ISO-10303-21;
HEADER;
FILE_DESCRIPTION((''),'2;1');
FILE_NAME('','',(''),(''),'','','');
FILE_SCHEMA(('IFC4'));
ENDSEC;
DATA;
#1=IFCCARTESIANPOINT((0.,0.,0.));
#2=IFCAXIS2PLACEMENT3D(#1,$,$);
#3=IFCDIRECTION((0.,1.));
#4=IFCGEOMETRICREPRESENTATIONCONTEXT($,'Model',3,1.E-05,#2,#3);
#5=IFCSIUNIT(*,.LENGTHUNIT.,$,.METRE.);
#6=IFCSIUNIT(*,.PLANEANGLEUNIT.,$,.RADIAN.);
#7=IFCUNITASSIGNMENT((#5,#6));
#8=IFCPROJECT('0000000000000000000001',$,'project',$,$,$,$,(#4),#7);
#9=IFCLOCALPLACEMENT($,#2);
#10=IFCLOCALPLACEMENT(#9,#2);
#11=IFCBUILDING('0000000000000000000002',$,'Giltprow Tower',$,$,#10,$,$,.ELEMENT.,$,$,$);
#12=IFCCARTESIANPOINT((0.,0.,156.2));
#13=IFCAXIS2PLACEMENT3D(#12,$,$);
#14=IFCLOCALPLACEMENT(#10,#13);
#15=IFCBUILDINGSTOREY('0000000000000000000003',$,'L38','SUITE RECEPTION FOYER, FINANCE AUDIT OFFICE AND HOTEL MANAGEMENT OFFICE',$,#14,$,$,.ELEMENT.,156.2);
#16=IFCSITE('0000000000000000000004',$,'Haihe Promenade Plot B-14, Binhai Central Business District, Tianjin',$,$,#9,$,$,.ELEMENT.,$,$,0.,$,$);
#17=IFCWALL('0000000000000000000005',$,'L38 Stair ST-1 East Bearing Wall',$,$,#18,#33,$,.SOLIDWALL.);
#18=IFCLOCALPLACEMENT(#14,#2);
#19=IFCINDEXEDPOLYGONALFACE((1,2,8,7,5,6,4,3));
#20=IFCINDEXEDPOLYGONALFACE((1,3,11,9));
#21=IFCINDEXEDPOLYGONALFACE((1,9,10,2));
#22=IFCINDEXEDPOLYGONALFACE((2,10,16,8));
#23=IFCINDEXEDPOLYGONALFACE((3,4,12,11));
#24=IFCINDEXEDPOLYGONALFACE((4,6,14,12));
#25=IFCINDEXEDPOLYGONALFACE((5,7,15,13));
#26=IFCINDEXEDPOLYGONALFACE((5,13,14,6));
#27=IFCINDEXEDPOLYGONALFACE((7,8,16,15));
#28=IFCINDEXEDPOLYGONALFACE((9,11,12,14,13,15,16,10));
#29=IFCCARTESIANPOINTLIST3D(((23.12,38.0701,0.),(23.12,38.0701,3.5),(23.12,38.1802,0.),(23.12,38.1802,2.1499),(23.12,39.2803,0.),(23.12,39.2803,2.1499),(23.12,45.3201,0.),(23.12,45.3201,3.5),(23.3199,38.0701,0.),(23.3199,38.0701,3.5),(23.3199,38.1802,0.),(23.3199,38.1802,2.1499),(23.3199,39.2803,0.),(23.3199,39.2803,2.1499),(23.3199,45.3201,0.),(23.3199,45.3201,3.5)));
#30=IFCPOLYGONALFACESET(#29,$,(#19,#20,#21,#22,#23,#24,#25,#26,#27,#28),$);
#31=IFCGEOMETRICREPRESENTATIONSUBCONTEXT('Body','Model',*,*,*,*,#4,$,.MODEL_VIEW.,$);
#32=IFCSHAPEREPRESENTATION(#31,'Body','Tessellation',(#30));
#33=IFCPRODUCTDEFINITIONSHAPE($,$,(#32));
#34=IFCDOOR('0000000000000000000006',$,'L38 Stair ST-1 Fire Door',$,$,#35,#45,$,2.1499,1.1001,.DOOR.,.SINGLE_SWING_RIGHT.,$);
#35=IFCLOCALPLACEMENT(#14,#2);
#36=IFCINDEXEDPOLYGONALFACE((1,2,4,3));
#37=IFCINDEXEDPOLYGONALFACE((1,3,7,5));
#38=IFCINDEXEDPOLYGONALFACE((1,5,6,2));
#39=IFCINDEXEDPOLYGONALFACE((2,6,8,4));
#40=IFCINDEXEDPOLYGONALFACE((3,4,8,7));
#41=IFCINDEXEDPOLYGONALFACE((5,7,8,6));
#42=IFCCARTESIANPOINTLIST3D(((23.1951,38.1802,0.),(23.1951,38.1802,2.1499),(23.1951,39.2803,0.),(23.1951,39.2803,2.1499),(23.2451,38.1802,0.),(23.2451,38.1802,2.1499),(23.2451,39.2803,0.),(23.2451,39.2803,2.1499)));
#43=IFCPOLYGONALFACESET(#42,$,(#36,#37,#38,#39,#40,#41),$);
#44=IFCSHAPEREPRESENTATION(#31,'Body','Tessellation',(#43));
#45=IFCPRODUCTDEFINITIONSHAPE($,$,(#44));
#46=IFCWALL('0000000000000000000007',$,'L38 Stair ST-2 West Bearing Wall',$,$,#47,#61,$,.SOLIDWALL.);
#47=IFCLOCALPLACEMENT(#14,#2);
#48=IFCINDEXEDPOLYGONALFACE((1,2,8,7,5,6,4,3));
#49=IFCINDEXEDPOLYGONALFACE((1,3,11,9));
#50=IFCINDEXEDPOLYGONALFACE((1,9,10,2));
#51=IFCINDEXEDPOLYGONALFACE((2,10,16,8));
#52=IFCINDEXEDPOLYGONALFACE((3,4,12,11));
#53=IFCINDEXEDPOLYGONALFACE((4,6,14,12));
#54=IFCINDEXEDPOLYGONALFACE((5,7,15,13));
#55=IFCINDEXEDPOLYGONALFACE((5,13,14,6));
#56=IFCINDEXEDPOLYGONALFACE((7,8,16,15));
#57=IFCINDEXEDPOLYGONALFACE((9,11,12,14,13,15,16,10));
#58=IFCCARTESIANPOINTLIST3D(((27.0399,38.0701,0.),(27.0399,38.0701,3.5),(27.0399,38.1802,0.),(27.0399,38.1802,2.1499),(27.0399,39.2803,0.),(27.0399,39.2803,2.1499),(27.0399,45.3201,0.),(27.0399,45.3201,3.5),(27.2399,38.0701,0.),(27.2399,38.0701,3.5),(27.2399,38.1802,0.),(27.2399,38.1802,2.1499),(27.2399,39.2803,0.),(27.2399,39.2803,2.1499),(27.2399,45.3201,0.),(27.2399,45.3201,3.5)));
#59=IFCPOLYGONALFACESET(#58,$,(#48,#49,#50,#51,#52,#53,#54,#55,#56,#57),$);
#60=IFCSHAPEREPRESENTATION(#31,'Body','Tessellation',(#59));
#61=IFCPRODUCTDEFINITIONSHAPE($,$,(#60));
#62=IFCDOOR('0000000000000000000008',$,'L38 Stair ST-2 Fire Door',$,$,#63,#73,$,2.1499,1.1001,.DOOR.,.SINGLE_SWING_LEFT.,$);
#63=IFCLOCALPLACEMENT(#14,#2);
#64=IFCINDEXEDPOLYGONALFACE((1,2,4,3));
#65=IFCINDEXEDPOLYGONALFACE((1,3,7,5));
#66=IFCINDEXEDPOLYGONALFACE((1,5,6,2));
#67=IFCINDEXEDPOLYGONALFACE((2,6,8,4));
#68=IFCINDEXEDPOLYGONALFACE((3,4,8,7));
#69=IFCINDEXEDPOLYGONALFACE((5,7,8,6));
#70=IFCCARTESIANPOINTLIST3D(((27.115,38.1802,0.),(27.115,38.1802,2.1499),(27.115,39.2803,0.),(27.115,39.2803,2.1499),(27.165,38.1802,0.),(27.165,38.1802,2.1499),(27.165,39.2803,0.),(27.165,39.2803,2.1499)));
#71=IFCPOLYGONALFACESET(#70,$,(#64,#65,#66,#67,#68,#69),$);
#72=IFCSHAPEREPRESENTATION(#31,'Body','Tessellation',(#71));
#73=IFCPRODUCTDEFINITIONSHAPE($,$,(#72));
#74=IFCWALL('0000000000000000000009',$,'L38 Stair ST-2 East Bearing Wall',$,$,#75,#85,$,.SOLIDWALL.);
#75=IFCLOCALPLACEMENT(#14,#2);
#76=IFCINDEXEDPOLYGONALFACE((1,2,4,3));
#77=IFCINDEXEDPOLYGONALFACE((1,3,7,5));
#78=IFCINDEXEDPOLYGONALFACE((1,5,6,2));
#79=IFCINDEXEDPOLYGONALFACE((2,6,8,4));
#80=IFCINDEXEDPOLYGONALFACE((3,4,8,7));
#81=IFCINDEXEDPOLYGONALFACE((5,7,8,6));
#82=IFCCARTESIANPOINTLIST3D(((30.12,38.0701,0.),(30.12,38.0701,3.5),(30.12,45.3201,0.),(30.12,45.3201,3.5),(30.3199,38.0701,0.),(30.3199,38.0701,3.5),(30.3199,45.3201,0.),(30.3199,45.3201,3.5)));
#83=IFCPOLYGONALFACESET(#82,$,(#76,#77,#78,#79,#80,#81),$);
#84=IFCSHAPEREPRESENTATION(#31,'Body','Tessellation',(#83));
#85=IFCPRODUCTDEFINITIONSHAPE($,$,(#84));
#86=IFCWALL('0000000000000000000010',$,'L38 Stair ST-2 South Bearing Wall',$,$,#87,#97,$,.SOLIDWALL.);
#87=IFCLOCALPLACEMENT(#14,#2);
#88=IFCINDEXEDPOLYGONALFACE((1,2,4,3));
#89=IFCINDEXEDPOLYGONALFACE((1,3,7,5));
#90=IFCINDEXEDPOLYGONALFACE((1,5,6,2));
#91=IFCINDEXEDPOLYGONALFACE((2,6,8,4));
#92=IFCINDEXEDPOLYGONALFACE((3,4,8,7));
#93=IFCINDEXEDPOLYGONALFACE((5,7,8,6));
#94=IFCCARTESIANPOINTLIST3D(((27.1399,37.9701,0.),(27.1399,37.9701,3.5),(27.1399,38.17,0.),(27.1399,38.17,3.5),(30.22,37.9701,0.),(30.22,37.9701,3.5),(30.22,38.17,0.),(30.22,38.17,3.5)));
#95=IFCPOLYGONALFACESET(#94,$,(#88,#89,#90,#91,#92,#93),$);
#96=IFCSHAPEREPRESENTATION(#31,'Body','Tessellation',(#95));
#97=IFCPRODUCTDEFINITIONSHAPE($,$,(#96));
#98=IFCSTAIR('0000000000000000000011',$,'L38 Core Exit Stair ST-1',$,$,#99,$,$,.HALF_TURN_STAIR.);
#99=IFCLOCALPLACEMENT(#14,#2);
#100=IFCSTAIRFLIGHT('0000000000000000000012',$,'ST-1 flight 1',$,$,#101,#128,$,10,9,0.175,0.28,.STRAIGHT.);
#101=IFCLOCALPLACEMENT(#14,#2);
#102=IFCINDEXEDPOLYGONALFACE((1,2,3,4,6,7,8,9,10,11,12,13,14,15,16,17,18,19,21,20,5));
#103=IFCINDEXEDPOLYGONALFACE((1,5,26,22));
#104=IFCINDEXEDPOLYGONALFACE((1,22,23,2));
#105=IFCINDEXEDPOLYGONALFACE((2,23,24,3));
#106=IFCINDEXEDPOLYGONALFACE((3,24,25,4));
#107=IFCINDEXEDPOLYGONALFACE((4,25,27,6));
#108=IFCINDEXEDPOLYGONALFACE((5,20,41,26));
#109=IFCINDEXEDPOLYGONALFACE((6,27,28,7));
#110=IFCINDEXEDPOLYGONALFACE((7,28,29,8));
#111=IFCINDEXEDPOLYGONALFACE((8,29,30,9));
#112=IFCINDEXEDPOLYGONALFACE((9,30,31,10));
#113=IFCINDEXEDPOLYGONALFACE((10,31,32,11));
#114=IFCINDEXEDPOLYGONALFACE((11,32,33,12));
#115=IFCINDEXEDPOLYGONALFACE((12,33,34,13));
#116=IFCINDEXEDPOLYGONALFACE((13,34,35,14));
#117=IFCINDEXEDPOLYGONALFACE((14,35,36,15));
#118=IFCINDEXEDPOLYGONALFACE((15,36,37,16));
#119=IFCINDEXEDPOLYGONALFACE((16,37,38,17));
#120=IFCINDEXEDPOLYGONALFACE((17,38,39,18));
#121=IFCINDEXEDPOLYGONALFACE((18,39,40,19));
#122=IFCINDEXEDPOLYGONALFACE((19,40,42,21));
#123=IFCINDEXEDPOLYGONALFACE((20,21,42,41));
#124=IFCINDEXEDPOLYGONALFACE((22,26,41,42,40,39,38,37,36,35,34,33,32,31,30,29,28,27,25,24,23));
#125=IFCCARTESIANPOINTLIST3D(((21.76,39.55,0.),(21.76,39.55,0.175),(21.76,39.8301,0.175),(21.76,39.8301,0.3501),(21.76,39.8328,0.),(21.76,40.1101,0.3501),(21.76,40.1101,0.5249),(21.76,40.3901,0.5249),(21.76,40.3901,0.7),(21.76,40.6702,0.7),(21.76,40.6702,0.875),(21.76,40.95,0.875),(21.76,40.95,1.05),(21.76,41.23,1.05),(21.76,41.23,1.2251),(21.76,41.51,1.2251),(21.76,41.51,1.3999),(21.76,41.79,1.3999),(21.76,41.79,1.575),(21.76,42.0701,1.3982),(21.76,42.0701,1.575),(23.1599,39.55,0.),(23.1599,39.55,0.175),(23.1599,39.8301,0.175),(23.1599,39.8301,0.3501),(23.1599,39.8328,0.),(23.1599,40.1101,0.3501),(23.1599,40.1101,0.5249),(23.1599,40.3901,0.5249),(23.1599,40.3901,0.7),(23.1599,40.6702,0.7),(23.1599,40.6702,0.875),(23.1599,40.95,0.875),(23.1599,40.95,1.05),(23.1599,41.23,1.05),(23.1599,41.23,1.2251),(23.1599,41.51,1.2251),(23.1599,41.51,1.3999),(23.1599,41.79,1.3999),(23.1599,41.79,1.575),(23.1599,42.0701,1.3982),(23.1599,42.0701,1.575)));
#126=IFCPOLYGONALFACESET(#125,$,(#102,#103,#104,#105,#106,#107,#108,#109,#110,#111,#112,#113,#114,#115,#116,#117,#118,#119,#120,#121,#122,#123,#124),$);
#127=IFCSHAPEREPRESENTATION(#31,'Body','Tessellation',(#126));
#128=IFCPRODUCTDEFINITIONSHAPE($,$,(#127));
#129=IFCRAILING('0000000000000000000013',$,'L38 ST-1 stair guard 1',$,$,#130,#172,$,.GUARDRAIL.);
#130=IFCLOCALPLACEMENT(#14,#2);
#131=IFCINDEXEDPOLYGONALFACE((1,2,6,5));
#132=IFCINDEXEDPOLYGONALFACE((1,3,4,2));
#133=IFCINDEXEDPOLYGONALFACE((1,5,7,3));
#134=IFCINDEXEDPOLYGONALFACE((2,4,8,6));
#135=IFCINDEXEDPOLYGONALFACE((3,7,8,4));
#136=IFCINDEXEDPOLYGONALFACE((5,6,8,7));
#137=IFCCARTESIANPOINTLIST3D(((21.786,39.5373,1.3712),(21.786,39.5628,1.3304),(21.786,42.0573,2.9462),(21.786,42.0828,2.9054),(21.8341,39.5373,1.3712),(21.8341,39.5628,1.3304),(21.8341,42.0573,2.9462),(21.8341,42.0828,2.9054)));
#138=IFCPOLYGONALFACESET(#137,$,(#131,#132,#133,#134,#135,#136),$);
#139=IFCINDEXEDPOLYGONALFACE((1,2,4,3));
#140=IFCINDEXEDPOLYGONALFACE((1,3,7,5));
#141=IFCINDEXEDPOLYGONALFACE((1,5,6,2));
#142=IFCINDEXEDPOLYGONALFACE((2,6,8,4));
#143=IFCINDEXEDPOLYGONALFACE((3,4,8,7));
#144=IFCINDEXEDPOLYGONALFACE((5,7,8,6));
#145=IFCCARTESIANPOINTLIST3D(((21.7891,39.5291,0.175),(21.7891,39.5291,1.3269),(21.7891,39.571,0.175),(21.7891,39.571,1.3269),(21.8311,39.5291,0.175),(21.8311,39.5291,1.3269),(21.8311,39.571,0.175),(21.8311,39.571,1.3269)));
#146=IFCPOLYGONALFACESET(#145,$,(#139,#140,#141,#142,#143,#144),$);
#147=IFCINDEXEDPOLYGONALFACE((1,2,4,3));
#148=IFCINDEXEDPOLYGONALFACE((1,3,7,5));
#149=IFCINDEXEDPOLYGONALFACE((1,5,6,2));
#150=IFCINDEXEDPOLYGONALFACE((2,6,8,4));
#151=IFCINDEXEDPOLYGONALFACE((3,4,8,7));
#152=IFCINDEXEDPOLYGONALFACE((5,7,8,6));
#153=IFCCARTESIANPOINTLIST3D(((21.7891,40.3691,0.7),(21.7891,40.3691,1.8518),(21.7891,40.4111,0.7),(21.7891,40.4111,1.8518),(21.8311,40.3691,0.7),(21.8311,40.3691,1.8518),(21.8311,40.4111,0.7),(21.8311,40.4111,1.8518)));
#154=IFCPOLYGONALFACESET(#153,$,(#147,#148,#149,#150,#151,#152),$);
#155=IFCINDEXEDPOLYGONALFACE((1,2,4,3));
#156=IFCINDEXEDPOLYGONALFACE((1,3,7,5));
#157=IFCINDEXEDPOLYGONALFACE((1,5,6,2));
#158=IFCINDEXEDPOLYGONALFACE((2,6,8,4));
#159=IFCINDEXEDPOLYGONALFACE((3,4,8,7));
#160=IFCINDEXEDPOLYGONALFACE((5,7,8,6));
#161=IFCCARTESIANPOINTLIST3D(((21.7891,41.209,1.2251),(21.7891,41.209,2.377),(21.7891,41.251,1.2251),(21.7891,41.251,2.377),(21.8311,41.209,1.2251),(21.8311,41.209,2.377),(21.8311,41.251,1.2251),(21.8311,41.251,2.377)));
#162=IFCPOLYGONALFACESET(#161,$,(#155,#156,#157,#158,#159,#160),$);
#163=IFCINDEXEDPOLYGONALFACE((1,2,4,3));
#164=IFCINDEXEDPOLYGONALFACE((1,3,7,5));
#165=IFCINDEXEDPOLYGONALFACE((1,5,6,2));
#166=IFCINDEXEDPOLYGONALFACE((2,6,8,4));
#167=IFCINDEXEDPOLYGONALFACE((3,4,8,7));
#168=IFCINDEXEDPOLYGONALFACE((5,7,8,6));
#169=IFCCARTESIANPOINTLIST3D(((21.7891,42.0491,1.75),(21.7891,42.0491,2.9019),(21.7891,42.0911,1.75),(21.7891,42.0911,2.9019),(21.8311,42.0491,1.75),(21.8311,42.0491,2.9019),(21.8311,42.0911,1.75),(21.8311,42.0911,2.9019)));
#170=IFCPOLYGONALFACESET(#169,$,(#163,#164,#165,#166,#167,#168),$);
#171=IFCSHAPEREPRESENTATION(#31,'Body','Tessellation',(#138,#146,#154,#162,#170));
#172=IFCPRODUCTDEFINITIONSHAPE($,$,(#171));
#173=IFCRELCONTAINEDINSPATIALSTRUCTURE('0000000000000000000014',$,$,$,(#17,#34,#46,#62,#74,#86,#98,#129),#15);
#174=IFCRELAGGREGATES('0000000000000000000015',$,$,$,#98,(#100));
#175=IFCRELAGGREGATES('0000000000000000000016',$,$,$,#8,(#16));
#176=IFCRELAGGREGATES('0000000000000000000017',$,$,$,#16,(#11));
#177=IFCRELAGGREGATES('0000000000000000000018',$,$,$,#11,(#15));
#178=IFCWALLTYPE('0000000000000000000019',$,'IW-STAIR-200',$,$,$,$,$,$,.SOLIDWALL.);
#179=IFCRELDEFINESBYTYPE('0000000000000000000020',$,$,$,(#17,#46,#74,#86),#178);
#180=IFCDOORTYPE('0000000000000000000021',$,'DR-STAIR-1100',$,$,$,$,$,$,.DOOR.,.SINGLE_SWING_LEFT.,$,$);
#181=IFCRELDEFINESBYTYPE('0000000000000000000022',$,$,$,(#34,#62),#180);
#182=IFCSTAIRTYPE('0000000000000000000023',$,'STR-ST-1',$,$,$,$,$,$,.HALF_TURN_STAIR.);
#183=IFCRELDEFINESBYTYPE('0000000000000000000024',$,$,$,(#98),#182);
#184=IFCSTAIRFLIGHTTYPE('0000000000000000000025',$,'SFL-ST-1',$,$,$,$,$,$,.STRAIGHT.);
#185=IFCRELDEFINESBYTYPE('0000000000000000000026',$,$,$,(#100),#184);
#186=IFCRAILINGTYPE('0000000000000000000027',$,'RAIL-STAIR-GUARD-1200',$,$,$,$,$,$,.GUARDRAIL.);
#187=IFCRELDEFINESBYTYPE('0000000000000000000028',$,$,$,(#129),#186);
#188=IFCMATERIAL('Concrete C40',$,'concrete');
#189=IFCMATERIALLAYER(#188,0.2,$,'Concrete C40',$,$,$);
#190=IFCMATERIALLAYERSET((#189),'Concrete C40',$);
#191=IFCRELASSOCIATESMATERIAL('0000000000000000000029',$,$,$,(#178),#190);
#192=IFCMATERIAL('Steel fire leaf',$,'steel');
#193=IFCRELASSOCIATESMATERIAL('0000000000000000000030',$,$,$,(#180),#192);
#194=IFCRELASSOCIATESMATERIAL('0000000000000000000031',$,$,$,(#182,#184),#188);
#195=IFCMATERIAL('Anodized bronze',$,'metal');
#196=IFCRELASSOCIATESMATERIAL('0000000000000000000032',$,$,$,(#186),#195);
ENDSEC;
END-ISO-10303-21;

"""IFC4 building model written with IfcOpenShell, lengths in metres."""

from ifc_helpers import new_model, si_unit, direction, frame, frame_2d, origin, origin_2d, place, context, subcontext, project, spatial, polyline, rectangle, outline, extrude, source, transform, mapped, material, layer, layer_set, type_object, element, fill, aggregate, save


model = new_model("IFC4")

# Units and contexts
model_context = context("Model", 3, precision=1e-05, world=origin(), true_north=direction((0.0, 1.0)))
body_context = subcontext(model_context, "Body", "Model", "MODEL_VIEW")
ifc_project = project(units=[si_unit("LENGTHUNIT", "METRE"), si_unit("PLANEANGLEUNIT", "RADIAN")], contexts=[model_context])

# Site, building, storey
site_placement = place(None, origin())
site = spatial("IfcSite", under=ifc_project, at=site_placement, Name="Haihe Promenade Plot B-14, Binhai Central Business District, Tianjin", CompositionType="ELEMENT", RefElevation=0.0)
building_placement = place(site_placement, origin())
building = spatial("IfcBuilding", under=site, at=building_placement, Name="Giltprow Tower", CompositionType="ELEMENT")
storey_placement = place(building_placement, frame((0.0, 0.0, 156.2)))
storey = spatial("IfcBuildingStorey", under=building, at=storey_placement, Name="L38", Description="SUITE RECEPTION FOYER, FINANCE AUDIT OFFICE AND HOTEL MANAGEMENT OFFICE", CompositionType="ELEMENT", Elevation=156.2)

# Walls, openings, doors
ifc_material_1 = material(Name="Concrete C40", Category="concrete")
ifc_layer_1 = layer(ifc_material_1, 0.2, Name="Concrete C40")
ifc_layer_set_1 = layer_set([ifc_layer_1], Name="Concrete C40")
wall_type_1 = type_object("IfcWallType", Name="IW-STAIR-200", PredefinedType="SOLIDWALL", material=ifc_layer_set_1)
wall_1_placement = place(storey_placement, frame((23.22, 38.0701, 0.0), z_axis=(0.0, 0.0, 1.0), x_axis=(0.0, 1.0, 0.0)))
wall_1 = element("IfcWall", 1, at=wall_1_placement, inside=storey, type_object=wall_type_1, Name="L38 Stair ST-1 East Bearing Wall", PredefinedType="SOLIDWALL", context=body_context, shape_type="SweptSolid", body=[
    extrude(rectangle(XDim=7.25, YDim=0.2, at=frame_2d((3.625, 0.0))), origin(), (0.0, 0.0, 1.0), 3.5),
])
opening_1_placement = place(wall_1_placement, frame((0.1101, 0.0, 0.0)))
opening_1 = element("IfcOpeningElement", 2, at=opening_1_placement, cuts=wall_1, PredefinedType="OPENING", context=body_context, shape_type="SweptSolid", body=[
    extrude(rectangle(XDim=1.1001, YDim=2.1499, at=frame_2d((0.55, 1.075))), frame((0.0, 0.1099, 0.0), z_axis=(0.0, -1.0, 0.0), x_axis=(1.0, 0.0, 0.0)), (0.0, 0.0, 1.0), 0.22),
])
ifc_material_2 = material(Name="Steel fire leaf", Category="steel")
door_type_1 = type_object("IfcDoorType", Name="DR-STAIR-1100", OperationType="SINGLE_SWING_LEFT", PredefinedType="DOOR", material=ifc_material_2)
shared_shape_1 = source(origin(), body_context, "Body", "SweptSolid", [
    extrude(rectangle(XDim=1.1001, YDim=2.1499, at=frame_2d((0.55, 1.075))), frame((0.0, 0.0249, 0.0), z_axis=(0.0, -1.0, 0.0), x_axis=(1.0, 0.0, 0.0)), (0.0, 0.0, 1.0), 0.05),
])
door_1_placement = place(opening_1_placement, origin())
door_1 = element("IfcDoor", 3, at=door_1_placement, inside=storey, type_object=door_type_1, Name="L38 Stair ST-1 Fire Door", OperationType="SINGLE_SWING_RIGHT", OverallHeight=2.1499, OverallWidth=1.1001, PredefinedType="DOOR", context=body_context, shape_type="MappedRepresentation", body=[
    mapped(shared_shape_1, transform((0.0, 0.0, 0.0), x_axis=(1.0, 0.0, 0.0), y_axis=(0.0, 1.0, 0.0), z_axis=(0.0, 0.0, 1.0), scale=1.0)),
])
fill(opening_1, door_1)
wall_2_placement = place(storey_placement, frame((27.1399, 38.0701, 0.0), z_axis=(0.0, 0.0, 1.0), x_axis=(0.0, 1.0, 0.0)))
wall_2 = element("IfcWall", 4, at=wall_2_placement, inside=storey, type_object=wall_type_1, Name="L38 Stair ST-2 West Bearing Wall", PredefinedType="SOLIDWALL", context=body_context, shape_type="SweptSolid", body=[
    extrude(rectangle(XDim=7.25, YDim=0.2, at=frame_2d((3.625, 0.0))), origin(), (0.0, 0.0, 1.0), 3.5),
])
opening_2_placement = place(wall_2_placement, frame((0.1101, 0.0, 0.0)))
opening_2 = element("IfcOpeningElement", 5, at=opening_2_placement, cuts=wall_2, PredefinedType="OPENING", context=body_context, shape_type="SweptSolid", body=[
    extrude(rectangle(XDim=1.1001, YDim=2.1499, at=frame_2d((0.55, 1.075))), frame((0.0, 0.1099, 0.0), z_axis=(0.0, -1.0, 0.0), x_axis=(1.0, 0.0, 0.0)), (0.0, 0.0, 1.0), 0.22),
])
door_2_placement = place(opening_2_placement, origin())
door_2 = element("IfcDoor", 6, at=door_2_placement, inside=storey, type_object=door_type_1, Name="L38 Stair ST-2 Fire Door", OperationType="SINGLE_SWING_LEFT", OverallHeight=2.1499, OverallWidth=1.1001, PredefinedType="DOOR", context=body_context, shape_type="MappedRepresentation", body=[
    mapped(shared_shape_1, transform((0.0, 0.0, 0.0), x_axis=(1.0, 0.0, 0.0), y_axis=(0.0, 1.0, 0.0), z_axis=(0.0, 0.0, 1.0), scale=1.0)),
])
fill(opening_2, door_2)

# Walls
wall_3_placement = place(storey_placement, frame((30.22, 38.0701, 0.0), z_axis=(0.0, 0.0, 1.0), x_axis=(0.0, 1.0, 0.0)))
element("IfcWall", 7, at=wall_3_placement, inside=storey, type_object=wall_type_1, Name="L38 Stair ST-2 East Bearing Wall", PredefinedType="SOLIDWALL", context=body_context, shape_type="SweptSolid", body=[
    extrude(rectangle(XDim=7.25, YDim=0.2, at=frame_2d((3.625, 0.0))), origin(), (0.0, 0.0, 1.0), 3.5),
])
wall_4_placement = place(storey_placement, frame((27.1399, 38.0701, 0.0), z_axis=(0.0, 0.0, 1.0), x_axis=(1.0, 0.0, 0.0)))
element("IfcWall", 8, at=wall_4_placement, inside=storey, type_object=wall_type_1, Name="L38 Stair ST-2 South Bearing Wall", PredefinedType="SOLIDWALL", context=body_context, shape_type="SweptSolid", body=[
    extrude(rectangle(XDim=3.0801, YDim=0.2, at=frame_2d((1.54, 0.0))), origin(), (0.0, 0.0, 1.0), 3.5),
])

# Stair, stair flight
stair_type = type_object("IfcStairType", Name="STR-ST-1", PredefinedType="HALF_TURN_STAIR", material=ifc_material_1)
stair_placement = place(storey_placement, origin())
stair = element("IfcStair", 9, at=stair_placement, inside=storey, type_object=stair_type, Name="L38 Core Exit Stair ST-1", PredefinedType="HALF_TURN_STAIR")
stair_flight_type = type_object("IfcStairFlightType", Name="SFL-ST-1", PredefinedType="STRAIGHT", material=ifc_material_1)
stair_flight_placement = place(storey_placement, frame((22.46, 39.55, 0.0), z_axis=(0.0, 0.0, 1.0), x_axis=(0.0, 1.0, 0.0)))
stair_flight = element("IfcStairFlight", 10, at=stair_flight_placement, type_object=stair_flight_type, Name="ST-1 flight 1", NumberOfRisers=10, NumberOfTreads=9, PredefinedType="STRAIGHT", RiserHeight=0.175, TreadLength=0.28, context=body_context, shape_type="SweptSolid", body=[
    extrude(outline(polyline([(0.0, 0.0), (0.0, 0.175), (0.28, 0.175), (0.28, 0.3501), (0.5601, 0.3501), (0.5601, 0.5249), (0.8401, 0.5249), (0.8401, 0.7), (1.1201, 0.7), (1.1201, 0.875), (1.3999, 0.875), (1.3999, 1.05), (1.6799, 1.05), (1.6799, 1.2251), (1.96, 1.2251), (1.96, 1.3999), (2.24, 1.3999), (2.24, 1.575), (2.52, 1.575), (2.52, 1.75), (2.52, 1.3982), (0.2827, 0.0), (0.0, 0.0)])), frame((0.0, 0.7, 0.0), z_axis=(0.0, -1.0, 0.0), x_axis=(1.0, 0.0, 0.0)), (0.0, 0.0, 1.0), 1.3999),
])
aggregate(stair, [stair_flight])

# Railing
ifc_material_3 = material(Name="Anodized bronze", Category="metal")
railing_type_1 = type_object("IfcRailingType", Name="RAIL-STAIR-GUARD-1200", PredefinedType="GUARDRAIL", material=ifc_material_3)
railing_1_placement = place(storey_placement, frame((21.8101, 39.55, 0.175)))
element("IfcRailing", 11, at=railing_1_placement, inside=storey, type_object=railing_type_1, Name="L38 ST-1 stair guard 1", PredefinedType="GUARDRAIL", context=body_context, shape_type="SweptSolid", body=[
    extrude(rectangle(XDim=0.0481, YDim=0.0481, at=origin_2d()), frame((0.0, 0.0, 1.1758), z_axis=(0.0, 0.848008, 0.529984), x_axis=(-1.0, 0.0, 0.0)), (0.0, 0.0, 1.0), 2.9717),
    extrude(rectangle(XDim=0.042, YDim=0.042, at=origin_2d()), origin(), (0.0, 0.0, 1.0), 1.1519),
    extrude(rectangle(XDim=0.042, YDim=0.042, at=origin_2d()), frame((0.0, 0.8401, 0.5249)), (0.0, 0.0, 1.0), 1.1519),
    extrude(rectangle(XDim=0.042, YDim=0.042, at=origin_2d()), frame((0.0, 1.6799, 1.05)), (0.0, 0.0, 1.0), 1.1519),
    extrude(rectangle(XDim=0.042, YDim=0.042, at=origin_2d()), frame((0.0, 2.52, 1.575)), (0.0, 0.0, 1.0), 1.1519),
])

save(model, "model.ifc")
